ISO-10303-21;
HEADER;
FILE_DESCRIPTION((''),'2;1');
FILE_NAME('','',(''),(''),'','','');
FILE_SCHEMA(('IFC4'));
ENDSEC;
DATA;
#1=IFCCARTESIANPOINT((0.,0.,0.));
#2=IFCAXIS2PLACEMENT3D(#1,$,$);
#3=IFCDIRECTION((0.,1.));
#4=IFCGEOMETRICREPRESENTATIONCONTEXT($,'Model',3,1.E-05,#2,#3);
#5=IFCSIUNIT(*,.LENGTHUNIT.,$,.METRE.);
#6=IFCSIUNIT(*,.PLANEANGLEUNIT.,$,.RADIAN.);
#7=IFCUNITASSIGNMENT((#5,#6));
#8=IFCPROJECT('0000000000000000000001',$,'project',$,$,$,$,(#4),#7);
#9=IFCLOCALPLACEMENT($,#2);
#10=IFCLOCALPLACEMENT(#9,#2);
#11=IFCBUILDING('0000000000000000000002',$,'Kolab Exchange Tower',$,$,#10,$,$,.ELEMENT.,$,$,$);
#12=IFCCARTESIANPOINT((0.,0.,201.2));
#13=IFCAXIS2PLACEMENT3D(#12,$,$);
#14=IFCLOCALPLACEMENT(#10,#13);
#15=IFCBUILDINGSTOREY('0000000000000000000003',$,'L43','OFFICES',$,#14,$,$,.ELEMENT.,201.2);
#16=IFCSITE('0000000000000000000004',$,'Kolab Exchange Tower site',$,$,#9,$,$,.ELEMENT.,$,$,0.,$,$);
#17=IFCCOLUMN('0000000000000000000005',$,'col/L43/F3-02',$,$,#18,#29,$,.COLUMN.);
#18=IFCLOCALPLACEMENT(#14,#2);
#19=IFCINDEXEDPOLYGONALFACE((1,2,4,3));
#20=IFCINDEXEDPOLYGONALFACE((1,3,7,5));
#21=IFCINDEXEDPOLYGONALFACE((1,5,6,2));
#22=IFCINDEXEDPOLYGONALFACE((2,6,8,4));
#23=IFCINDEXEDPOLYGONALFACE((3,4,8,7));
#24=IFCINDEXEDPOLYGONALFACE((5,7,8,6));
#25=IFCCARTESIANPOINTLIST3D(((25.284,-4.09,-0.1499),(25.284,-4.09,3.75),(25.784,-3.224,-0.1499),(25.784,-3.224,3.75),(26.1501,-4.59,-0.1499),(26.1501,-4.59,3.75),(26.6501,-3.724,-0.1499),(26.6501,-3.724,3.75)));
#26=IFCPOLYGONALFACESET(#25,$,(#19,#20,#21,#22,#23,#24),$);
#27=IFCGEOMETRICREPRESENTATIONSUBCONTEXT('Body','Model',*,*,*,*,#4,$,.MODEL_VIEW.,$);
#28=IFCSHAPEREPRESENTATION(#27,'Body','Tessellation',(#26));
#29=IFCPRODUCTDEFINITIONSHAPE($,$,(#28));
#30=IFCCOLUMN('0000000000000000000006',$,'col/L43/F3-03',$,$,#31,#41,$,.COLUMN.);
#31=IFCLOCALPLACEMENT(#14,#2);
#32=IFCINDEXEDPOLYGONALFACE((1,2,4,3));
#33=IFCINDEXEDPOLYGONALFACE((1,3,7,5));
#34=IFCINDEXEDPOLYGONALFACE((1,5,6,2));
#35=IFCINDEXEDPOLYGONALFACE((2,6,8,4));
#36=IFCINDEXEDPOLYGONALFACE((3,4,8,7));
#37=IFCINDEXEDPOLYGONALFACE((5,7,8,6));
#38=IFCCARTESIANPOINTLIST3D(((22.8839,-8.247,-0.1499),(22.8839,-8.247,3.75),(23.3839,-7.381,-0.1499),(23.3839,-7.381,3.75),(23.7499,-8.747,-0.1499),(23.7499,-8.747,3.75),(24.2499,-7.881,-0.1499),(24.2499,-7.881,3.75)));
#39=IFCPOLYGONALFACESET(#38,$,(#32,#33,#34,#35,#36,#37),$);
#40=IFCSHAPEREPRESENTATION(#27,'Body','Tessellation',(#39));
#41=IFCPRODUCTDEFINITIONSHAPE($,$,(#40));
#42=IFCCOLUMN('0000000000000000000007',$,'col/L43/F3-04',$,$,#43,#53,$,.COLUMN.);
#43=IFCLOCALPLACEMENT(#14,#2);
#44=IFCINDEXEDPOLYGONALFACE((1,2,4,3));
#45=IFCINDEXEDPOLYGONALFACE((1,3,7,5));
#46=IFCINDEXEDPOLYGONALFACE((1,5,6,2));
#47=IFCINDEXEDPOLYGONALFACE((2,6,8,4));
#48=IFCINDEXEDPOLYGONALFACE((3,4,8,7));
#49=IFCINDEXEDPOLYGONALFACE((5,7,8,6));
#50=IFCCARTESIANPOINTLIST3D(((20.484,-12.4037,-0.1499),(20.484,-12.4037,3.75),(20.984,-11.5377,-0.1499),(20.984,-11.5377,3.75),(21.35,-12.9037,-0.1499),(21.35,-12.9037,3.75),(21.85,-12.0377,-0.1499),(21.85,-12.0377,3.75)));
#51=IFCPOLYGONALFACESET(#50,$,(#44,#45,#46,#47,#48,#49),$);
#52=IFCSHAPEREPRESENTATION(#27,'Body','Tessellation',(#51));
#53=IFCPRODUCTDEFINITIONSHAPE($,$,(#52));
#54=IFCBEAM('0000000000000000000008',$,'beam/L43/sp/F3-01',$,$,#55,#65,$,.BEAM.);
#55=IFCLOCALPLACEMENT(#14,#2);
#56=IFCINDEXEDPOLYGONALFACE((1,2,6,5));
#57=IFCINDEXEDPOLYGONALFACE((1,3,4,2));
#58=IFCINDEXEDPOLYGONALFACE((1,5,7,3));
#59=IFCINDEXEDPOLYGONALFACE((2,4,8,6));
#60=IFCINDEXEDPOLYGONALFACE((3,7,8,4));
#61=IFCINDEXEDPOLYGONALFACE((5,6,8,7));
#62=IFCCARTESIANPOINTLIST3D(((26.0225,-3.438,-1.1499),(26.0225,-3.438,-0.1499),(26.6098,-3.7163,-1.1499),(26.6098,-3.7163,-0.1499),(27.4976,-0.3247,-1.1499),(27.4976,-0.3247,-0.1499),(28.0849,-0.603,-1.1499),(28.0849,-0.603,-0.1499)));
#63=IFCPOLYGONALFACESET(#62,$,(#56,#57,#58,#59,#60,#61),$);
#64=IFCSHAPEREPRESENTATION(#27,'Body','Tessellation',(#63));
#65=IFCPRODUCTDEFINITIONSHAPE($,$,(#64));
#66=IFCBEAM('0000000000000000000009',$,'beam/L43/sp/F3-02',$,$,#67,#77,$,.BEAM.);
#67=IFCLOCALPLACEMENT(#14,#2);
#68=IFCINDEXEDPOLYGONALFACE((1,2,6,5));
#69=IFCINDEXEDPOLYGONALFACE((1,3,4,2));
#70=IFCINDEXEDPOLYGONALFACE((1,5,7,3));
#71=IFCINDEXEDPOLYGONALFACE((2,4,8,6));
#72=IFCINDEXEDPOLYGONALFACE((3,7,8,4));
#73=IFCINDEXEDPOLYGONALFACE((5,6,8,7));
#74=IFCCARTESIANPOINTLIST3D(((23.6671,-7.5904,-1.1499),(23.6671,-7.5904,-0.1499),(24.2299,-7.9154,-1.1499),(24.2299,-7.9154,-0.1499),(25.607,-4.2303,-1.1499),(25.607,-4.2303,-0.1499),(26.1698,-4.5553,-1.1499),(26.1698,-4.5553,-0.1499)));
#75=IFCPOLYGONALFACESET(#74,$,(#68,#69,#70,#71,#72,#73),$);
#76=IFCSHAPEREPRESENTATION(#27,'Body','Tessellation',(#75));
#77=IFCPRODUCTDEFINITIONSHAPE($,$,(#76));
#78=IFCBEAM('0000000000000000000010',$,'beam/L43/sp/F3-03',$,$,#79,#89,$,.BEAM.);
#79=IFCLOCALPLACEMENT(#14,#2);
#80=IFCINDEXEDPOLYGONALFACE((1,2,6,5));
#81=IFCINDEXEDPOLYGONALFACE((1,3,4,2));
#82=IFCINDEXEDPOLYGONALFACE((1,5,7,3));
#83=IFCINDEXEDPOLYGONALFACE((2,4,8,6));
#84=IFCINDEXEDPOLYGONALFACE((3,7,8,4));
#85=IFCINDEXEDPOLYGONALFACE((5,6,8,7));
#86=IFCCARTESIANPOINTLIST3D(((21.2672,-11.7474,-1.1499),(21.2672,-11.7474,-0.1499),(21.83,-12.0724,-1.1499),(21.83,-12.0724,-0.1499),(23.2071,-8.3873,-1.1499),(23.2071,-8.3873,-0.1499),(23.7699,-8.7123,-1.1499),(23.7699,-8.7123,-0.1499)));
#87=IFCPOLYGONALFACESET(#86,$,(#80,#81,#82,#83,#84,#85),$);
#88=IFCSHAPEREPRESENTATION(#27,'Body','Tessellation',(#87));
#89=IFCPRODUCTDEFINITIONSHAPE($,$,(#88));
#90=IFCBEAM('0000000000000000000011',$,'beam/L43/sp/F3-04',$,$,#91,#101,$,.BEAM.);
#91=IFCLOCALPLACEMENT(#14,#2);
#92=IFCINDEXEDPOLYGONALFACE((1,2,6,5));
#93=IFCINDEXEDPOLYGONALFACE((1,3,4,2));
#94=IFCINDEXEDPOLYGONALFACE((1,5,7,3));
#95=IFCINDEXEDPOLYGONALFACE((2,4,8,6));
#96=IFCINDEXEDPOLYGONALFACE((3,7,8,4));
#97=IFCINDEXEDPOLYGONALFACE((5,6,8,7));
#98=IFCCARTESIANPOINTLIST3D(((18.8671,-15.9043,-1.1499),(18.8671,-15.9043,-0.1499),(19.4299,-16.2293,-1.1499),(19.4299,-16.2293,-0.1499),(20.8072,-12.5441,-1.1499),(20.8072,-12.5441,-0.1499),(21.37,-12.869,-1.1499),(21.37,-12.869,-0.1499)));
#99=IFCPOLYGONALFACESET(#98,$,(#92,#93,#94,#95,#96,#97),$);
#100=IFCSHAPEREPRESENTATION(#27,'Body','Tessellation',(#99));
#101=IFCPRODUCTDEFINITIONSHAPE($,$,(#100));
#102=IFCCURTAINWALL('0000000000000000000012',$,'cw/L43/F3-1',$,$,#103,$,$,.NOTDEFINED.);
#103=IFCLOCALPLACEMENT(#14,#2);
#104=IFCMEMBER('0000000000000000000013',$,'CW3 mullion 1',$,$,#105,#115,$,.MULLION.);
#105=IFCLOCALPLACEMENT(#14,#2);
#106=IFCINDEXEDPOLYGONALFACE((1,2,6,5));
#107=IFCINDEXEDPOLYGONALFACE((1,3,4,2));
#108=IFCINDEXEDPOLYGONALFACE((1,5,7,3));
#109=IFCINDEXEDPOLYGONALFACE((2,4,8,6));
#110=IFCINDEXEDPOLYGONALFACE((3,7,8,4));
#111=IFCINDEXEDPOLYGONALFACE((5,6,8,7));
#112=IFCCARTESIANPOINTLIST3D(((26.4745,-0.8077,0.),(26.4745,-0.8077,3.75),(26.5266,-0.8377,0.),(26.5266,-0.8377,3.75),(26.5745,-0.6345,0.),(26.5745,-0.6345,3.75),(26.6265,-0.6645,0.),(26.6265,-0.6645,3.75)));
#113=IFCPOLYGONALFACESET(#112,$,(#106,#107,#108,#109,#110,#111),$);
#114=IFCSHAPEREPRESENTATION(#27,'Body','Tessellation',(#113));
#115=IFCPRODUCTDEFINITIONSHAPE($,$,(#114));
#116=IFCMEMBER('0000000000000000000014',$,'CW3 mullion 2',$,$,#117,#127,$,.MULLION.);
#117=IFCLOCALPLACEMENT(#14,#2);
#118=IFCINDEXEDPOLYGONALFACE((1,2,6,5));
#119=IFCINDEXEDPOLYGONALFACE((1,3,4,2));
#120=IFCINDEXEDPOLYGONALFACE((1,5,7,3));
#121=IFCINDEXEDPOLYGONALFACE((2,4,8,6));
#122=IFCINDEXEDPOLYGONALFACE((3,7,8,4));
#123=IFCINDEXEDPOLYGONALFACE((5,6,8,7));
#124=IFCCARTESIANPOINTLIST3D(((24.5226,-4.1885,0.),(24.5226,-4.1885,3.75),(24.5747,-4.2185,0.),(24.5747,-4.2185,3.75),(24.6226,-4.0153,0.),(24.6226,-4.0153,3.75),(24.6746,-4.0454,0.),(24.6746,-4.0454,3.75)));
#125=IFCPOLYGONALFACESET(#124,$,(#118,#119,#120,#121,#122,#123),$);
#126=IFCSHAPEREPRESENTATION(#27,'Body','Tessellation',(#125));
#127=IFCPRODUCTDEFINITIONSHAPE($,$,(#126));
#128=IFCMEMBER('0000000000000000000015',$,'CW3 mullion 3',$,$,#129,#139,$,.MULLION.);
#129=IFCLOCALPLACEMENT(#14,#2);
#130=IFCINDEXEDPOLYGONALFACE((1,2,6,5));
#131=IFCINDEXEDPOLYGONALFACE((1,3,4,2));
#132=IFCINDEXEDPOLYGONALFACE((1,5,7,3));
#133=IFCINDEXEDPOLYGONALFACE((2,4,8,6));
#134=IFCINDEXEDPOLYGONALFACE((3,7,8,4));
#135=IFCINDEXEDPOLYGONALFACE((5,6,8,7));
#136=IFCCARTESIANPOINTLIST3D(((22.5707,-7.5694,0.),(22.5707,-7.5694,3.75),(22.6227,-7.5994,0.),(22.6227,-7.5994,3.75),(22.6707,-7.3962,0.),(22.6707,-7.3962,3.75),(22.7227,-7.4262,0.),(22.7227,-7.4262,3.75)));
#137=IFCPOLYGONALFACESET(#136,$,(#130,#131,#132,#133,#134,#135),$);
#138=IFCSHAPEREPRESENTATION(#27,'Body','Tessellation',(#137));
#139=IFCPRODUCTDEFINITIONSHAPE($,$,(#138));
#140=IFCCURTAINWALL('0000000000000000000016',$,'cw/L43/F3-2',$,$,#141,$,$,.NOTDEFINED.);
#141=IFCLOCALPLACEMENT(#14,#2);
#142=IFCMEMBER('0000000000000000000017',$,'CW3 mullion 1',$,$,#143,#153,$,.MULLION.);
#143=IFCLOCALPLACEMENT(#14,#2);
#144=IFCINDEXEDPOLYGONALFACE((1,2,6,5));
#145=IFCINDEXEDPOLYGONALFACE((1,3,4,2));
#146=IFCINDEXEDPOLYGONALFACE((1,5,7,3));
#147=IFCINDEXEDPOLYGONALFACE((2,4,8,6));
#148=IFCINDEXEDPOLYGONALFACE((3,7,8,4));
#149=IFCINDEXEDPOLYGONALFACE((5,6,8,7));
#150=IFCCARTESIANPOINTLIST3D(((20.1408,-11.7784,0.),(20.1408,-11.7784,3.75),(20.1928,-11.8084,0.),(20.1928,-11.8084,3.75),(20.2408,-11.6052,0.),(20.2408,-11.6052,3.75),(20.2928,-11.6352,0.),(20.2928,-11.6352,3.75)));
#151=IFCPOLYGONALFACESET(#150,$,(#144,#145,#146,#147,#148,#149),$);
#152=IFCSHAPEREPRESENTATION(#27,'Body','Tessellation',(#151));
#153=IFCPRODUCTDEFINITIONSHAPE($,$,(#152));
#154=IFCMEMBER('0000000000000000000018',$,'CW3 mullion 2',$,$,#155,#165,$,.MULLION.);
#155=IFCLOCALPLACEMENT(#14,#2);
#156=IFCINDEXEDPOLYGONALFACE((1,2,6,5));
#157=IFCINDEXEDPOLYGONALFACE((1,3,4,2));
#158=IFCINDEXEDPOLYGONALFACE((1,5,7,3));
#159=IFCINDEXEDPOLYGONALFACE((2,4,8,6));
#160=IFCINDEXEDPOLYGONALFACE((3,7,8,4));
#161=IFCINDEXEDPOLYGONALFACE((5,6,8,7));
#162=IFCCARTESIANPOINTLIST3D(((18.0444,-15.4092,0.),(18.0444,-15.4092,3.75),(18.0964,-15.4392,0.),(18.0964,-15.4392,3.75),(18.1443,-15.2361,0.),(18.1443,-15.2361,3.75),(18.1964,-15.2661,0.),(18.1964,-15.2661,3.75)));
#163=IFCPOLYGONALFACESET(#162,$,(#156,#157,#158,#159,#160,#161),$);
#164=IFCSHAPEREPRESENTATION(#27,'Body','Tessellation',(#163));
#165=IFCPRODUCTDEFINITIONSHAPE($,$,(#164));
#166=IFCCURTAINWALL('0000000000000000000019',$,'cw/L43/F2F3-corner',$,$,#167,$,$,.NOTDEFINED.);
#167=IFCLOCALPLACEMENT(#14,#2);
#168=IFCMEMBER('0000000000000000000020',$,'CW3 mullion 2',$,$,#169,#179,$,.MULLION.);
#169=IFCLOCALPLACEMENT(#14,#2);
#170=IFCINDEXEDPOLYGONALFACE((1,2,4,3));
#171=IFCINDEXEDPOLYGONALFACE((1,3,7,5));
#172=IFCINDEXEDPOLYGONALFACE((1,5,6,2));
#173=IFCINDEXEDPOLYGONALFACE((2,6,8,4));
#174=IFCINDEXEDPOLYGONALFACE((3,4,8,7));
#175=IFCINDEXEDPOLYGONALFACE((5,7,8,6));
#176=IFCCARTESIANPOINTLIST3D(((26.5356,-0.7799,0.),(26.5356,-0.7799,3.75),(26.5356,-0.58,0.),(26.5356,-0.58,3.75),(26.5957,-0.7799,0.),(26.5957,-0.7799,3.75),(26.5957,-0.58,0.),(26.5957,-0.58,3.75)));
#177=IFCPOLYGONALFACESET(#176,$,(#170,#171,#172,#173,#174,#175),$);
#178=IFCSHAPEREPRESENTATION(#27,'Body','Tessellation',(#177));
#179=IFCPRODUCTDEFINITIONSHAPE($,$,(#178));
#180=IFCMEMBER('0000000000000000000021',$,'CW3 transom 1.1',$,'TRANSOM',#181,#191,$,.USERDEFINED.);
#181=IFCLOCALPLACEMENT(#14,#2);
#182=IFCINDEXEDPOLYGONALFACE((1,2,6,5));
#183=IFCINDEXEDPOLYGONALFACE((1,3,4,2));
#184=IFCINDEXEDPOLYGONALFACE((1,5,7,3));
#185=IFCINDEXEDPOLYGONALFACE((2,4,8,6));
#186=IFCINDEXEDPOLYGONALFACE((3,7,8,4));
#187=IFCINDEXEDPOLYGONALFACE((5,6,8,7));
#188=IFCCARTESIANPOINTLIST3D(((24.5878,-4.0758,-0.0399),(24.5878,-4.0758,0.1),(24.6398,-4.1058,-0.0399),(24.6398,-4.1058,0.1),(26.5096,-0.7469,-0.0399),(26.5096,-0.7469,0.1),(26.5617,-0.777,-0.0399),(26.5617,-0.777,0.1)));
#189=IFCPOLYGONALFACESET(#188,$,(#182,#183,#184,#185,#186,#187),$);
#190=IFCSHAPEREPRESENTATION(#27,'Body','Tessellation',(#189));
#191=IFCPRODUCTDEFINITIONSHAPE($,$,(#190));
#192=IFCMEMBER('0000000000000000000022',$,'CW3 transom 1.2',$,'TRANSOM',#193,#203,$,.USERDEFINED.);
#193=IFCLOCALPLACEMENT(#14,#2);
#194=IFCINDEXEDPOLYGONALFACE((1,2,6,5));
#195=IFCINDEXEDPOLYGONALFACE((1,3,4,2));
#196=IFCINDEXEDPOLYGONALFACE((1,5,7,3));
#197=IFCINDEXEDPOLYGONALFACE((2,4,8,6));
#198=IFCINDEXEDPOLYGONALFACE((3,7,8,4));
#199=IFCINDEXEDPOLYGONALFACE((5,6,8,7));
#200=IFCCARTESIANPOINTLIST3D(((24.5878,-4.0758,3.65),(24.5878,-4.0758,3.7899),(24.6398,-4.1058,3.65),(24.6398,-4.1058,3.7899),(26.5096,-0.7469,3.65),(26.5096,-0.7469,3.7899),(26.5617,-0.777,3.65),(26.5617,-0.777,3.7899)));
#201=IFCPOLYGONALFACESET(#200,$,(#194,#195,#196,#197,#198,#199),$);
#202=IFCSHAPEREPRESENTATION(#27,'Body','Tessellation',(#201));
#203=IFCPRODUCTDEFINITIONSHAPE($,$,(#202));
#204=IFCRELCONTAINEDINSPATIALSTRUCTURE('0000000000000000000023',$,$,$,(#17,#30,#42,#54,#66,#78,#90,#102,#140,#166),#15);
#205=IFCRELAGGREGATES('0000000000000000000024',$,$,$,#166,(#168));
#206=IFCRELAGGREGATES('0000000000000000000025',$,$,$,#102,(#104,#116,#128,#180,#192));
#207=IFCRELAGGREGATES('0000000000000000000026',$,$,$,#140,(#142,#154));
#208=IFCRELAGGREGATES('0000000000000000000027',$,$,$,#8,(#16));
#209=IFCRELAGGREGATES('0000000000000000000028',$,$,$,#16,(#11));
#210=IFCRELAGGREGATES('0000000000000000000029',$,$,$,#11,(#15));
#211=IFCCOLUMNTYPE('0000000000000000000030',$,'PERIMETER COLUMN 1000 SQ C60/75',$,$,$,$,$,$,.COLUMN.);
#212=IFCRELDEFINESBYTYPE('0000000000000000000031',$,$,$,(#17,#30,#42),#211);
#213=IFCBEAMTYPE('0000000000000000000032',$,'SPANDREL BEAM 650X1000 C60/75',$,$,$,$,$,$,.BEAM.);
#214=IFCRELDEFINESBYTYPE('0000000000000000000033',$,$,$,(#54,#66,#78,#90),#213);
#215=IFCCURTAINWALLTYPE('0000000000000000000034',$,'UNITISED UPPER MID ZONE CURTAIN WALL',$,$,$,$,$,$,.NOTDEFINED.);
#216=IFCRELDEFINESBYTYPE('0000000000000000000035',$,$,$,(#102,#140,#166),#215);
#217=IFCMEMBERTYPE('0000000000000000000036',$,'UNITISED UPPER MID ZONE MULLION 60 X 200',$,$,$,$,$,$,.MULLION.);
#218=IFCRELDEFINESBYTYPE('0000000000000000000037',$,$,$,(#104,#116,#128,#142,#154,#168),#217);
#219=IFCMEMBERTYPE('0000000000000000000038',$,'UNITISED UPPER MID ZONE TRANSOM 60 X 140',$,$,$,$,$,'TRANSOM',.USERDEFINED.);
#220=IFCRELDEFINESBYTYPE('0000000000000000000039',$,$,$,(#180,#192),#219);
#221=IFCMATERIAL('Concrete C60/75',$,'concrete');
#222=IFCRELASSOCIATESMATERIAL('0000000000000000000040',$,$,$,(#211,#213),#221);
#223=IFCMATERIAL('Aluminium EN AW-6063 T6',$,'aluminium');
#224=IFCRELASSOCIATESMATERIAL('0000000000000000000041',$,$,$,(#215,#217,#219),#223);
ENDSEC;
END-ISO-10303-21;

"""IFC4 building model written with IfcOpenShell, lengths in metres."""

from ifc_helpers import new_model, si_unit, direction, frame, origin, origin_2d, place, context, subcontext, project, spatial, rectangle, extrude, material, material_profile, profile_set, type_object, element, aggregate, save


model = new_model("IFC4")

# Units and contexts
model_context = context("Model", 3, precision=1e-05, world=origin(), true_north=direction((0.0, 1.0)))
body_context = subcontext(model_context, "Body", "Model", "MODEL_VIEW")
ifc_project = project(units=[si_unit("LENGTHUNIT", "METRE"), si_unit("PLANEANGLEUNIT", "RADIAN")], contexts=[model_context])

# Site, building, storey
site_placement = place(None, origin())
site = spatial("IfcSite", under=ifc_project, at=site_placement, Name="Kolab Exchange Tower site", CompositionType="ELEMENT", RefElevation=0.0)
building_placement = place(site_placement, origin())
building = spatial("IfcBuilding", under=site, at=building_placement, Name="Kolab Exchange Tower", CompositionType="ELEMENT")
storey_placement = place(building_placement, frame((0.0, 0.0, 201.2)))
storey = spatial("IfcBuildingStorey", under=building, at=storey_placement, Name="L43", Description="OFFICES", CompositionType="ELEMENT", Elevation=201.2)

# Columns
ifc_material_1 = material(Name="Concrete C60/75", Category="concrete")
ifc_material_profile_1 = material_profile(ifc_material_1, rectangle(XDim=1.0, YDim=1.0, at=origin_2d()), Name="RC1000")
ifc_profile_set_1 = profile_set([ifc_material_profile_1], Name="Concrete C60/75")
column_type = type_object("IfcColumnType", Name="PERIMETER COLUMN 1000 SQ C60/75", PredefinedType="COLUMN", material=ifc_profile_set_1)
for number, where, z_axis, x_axis, name in (
    (1, (25.967, -3.907, -0.1499), (0.0, 0.0, 1.0), (0.5, 0.866025, 0.0), "col/L43/F3-02"),
    (2, (23.5669, -8.064, -0.1499), (0.0, 0.0, 1.0), (0.5, 0.866025, 0.0), "col/L43/F3-03"),
    (3, (21.167, -12.2207, -0.1499), (0.0, 0.0, 1.0), (0.5, 0.866025, 0.0), "col/L43/F3-04"),
):
    element("IfcColumn", number, at=place(storey_placement, frame(where, z_axis=z_axis, x_axis=x_axis)), inside=storey, type_object=column_type, Name=name, PredefinedType="COLUMN", context=body_context, shape_type="SweptSolid", body=[
        extrude(rectangle(XDim=1.0, YDim=1.0, at=origin_2d()), origin(), (0.0, 0.0, 1.0), 3.8999),
    ])

# Beams
ifc_material_profile_2 = material_profile(ifc_material_1, rectangle(XDim=0.6499, YDim=1.0, at=origin_2d()), Name="RC650X1000")
ifc_profile_set_2 = profile_set([ifc_material_profile_2], Name="Concrete C60/75")
beam_type = type_object("IfcBeamType", Name="SPANDREL BEAM 650X1000 C60/75", PredefinedType="BEAM", material=ifc_profile_set_2)
beam_1_placement = place(storey_placement, frame((27.7913, -0.4639, -0.6499), z_axis=(-0.428178, -0.903695, 0.0), x_axis=(0.903695, -0.428178, 0.0)))
element("IfcBeam", 4, at=beam_1_placement, inside=storey, type_object=beam_type, Name="beam/L43/sp/F3-01", PredefinedType="BEAM", context=body_context, shape_type="SweptSolid", body=[
    extrude(rectangle(XDim=0.6499, YDim=1.0, at=origin_2d()), origin(), (0.0, 0.0, 1.0), 3.4451),
])
for number, where, z_axis, x_axis, name in (
    (5, (25.8884, -4.3928, -0.6499), (-0.499997, -0.866027, 0.0), (0.866027, -0.499997, 0.0), "beam/L43/sp/F3-02"),
    (6, (23.4885, -8.5498, -0.6499), (-0.499997, -0.866027, 0.0), (0.866027, -0.499997, 0.0), "beam/L43/sp/F3-03"),
):
    element("IfcBeam", number, at=place(storey_placement, frame(where, z_axis=z_axis, x_axis=x_axis)), inside=storey, type_object=beam_type, Name=name, PredefinedType="BEAM", context=body_context, shape_type="SweptSolid", body=[
        extrude(rectangle(XDim=0.6499, YDim=1.0, at=origin_2d()), origin(), (0.0, 0.0, 1.0), 3.8799),
    ])
beam_2_placement = place(storey_placement, frame((21.0886, -12.7065, -0.6499), z_axis=(-0.500017, -0.866016, 0.0), x_axis=(0.866016, -0.500017, 0.0)))
element("IfcBeam", 7, at=beam_2_placement, inside=storey, type_object=beam_type, Name="beam/L43/sp/F3-04", PredefinedType="BEAM", context=body_context, shape_type="SweptSolid", body=[
    extrude(rectangle(XDim=0.6499, YDim=1.0, at=origin_2d()), origin(), (0.0, 0.0, 1.0), 3.8801),
])

# Curtain walls, members
ifc_material_2 = material(Name="Aluminium EN AW-6063 T6", Category="aluminium")
curtain_wall_type = type_object("IfcCurtainWallType", Name="UNITISED UPPER MID ZONE CURTAIN WALL", PredefinedType="NOTDEFINED", material=ifc_material_2)
curtain_wall_1_placement = place(storey_placement, origin())
curtain_wall_1 = element("IfcCurtainWall", 8, at=curtain_wall_1_placement, inside=storey, type_object=curtain_wall_type, Name="cw/L43/F3-1", PredefinedType="NOTDEFINED")
ifc_material_profile_3 = material_profile(ifc_material_2, rectangle(XDim=0.0601, YDim=0.2, at=origin_2d()), Name="RECT 60X200")
ifc_profile_set_3 = profile_set([ifc_material_profile_3], Name="Aluminium EN AW-6063 T6")
member_type_1 = type_object("IfcMemberType", Name="UNITISED UPPER MID ZONE MULLION 60 X 200", PredefinedType="MULLION", material=ifc_profile_set_3)
member_1_placement = place(storey_placement, frame((26.5505, -0.7361, 0.0), z_axis=(0.0, 0.0, 1.0), x_axis=(0.866025, -0.5, 0.0)))
member_1 = element("IfcMember", 9, at=member_1_placement, type_object=member_type_1, Name="CW3 mullion 1", PredefinedType="MULLION", context=body_context, shape_type="SweptSolid", body=[
    extrude(rectangle(XDim=0.0601, YDim=0.2, at=origin_2d()), origin(), (0.0, 0.0, 1.0), 3.75),
])
member_2_placement = place(storey_placement, frame((24.5986, -4.1169, 0.0), z_axis=(0.0, 0.0, 1.0), x_axis=(0.866025, -0.5, 0.0)))
member_2 = element("IfcMember", 10, at=member_2_placement, type_object=member_type_1, Name="CW3 mullion 2", PredefinedType="MULLION", context=body_context, shape_type="SweptSolid", body=[
    extrude(rectangle(XDim=0.0601, YDim=0.2, at=origin_2d()), origin(), (0.0, 0.0, 1.0), 3.75),
])
member_3_placement = place(storey_placement, frame((22.6467, -7.4978, 0.0), z_axis=(0.0, 0.0, 1.0), x_axis=(0.866025, -0.5, 0.0)))
member_3 = element("IfcMember", 11, at=member_3_placement, type_object=member_type_1, Name="CW3 mullion 3", PredefinedType="MULLION", context=body_context, shape_type="SweptSolid", body=[
    extrude(rectangle(XDim=0.0601, YDim=0.2, at=origin_2d()), origin(), (0.0, 0.0, 1.0), 3.75),
])
curtain_wall_2_placement = place(storey_placement, origin())
curtain_wall_2 = element("IfcCurtainWall", 12, at=curtain_wall_2_placement, inside=storey, type_object=curtain_wall_type, Name="cw/L43/F3-2", PredefinedType="NOTDEFINED")
member_4_placement = place(storey_placement, frame((20.2168, -11.7068, 0.0), z_axis=(0.0, 0.0, 1.0), x_axis=(0.866025, -0.5, 0.0)))
member_4 = element("IfcMember", 13, at=member_4_placement, type_object=member_type_1, Name="CW3 mullion 1", PredefinedType="MULLION", context=body_context, shape_type="SweptSolid", body=[
    extrude(rectangle(XDim=0.0601, YDim=0.2, at=origin_2d()), origin(), (0.0, 0.0, 1.0), 3.75),
])
member_5_placement = place(storey_placement, frame((18.1204, -15.3376, 0.0), z_axis=(0.0, 0.0, 1.0), x_axis=(0.866025, -0.5, 0.0)))
member_5 = element("IfcMember", 14, at=member_5_placement, type_object=member_type_1, Name="CW3 mullion 2", PredefinedType="MULLION", context=body_context, shape_type="SweptSolid", body=[
    extrude(rectangle(XDim=0.0601, YDim=0.2, at=origin_2d()), origin(), (0.0, 0.0, 1.0), 3.75),
])

# Curtain wall, member
curtain_wall_3_placement = place(storey_placement, origin())
curtain_wall_3 = element("IfcCurtainWall", 15, at=curtain_wall_3_placement, inside=storey, type_object=curtain_wall_type, Name="cw/L43/F2F3-corner", PredefinedType="NOTDEFINED")
member_6_placement = place(storey_placement, frame((26.5657, -0.6799, 0.0), z_axis=(0.0, 0.0, 1.0), x_axis=(1.0, 0.0, 0.0)))
member_6 = element("IfcMember", 16, at=member_6_placement, type_object=member_type_1, Name="CW3 mullion 2", PredefinedType="MULLION", context=body_context, shape_type="SweptSolid", body=[
    extrude(rectangle(XDim=0.0601, YDim=0.2, at=origin_2d()), origin(), (0.0, 0.0, 1.0), 3.75),
])
aggregate(curtain_wall_3, [member_6])

# Members
ifc_material_profile_4 = material_profile(ifc_material_2, rectangle(XDim=0.0601, YDim=0.1399, at=origin_2d()), Name="RECT 60X140")
ifc_profile_set_4 = profile_set([ifc_material_profile_4], Name="Aluminium EN AW-6063 T6")
member_type_2 = type_object("IfcMemberType", Name="UNITISED UPPER MID ZONE TRANSOM 60 X 140", ElementType="TRANSOM", PredefinedType="USERDEFINED", material=ifc_profile_set_4)
member_7_placement = place(storey_placement, frame((26.5356, -0.762, 0.03), z_axis=(-0.499992, -0.86603, 0.0), x_axis=(0.86603, -0.499992, 0.0)))
member_7 = element("IfcMember", 17, at=member_7_placement, type_object=member_type_2, Name="CW3 transom 1.1", ObjectType="TRANSOM", PredefinedType="USERDEFINED", context=body_context, shape_type="SweptSolid", body=[
    extrude(rectangle(XDim=0.0601, YDim=0.1399, at=origin_2d()), origin(), (0.0, 0.0, 1.0), 3.8438),
])
member_8_placement = place(storey_placement, frame((26.5356, -0.762, 3.72), z_axis=(-0.499992, -0.86603, 0.0), x_axis=(0.86603, -0.499992, 0.0)))
member_8 = element("IfcMember", 18, at=member_8_placement, type_object=member_type_2, Name="CW3 transom 1.2", ObjectType="TRANSOM", PredefinedType="USERDEFINED", context=body_context, shape_type="SweptSolid", body=[
    extrude(rectangle(XDim=0.0601, YDim=0.1399, at=origin_2d()), origin(), (0.0, 0.0, 1.0), 3.8438),
])

aggregate(curtain_wall_1, [member_1, member_2, member_3, member_7, member_8])
aggregate(curtain_wall_2, [member_4, member_5])

save(model, "model.ifc")
